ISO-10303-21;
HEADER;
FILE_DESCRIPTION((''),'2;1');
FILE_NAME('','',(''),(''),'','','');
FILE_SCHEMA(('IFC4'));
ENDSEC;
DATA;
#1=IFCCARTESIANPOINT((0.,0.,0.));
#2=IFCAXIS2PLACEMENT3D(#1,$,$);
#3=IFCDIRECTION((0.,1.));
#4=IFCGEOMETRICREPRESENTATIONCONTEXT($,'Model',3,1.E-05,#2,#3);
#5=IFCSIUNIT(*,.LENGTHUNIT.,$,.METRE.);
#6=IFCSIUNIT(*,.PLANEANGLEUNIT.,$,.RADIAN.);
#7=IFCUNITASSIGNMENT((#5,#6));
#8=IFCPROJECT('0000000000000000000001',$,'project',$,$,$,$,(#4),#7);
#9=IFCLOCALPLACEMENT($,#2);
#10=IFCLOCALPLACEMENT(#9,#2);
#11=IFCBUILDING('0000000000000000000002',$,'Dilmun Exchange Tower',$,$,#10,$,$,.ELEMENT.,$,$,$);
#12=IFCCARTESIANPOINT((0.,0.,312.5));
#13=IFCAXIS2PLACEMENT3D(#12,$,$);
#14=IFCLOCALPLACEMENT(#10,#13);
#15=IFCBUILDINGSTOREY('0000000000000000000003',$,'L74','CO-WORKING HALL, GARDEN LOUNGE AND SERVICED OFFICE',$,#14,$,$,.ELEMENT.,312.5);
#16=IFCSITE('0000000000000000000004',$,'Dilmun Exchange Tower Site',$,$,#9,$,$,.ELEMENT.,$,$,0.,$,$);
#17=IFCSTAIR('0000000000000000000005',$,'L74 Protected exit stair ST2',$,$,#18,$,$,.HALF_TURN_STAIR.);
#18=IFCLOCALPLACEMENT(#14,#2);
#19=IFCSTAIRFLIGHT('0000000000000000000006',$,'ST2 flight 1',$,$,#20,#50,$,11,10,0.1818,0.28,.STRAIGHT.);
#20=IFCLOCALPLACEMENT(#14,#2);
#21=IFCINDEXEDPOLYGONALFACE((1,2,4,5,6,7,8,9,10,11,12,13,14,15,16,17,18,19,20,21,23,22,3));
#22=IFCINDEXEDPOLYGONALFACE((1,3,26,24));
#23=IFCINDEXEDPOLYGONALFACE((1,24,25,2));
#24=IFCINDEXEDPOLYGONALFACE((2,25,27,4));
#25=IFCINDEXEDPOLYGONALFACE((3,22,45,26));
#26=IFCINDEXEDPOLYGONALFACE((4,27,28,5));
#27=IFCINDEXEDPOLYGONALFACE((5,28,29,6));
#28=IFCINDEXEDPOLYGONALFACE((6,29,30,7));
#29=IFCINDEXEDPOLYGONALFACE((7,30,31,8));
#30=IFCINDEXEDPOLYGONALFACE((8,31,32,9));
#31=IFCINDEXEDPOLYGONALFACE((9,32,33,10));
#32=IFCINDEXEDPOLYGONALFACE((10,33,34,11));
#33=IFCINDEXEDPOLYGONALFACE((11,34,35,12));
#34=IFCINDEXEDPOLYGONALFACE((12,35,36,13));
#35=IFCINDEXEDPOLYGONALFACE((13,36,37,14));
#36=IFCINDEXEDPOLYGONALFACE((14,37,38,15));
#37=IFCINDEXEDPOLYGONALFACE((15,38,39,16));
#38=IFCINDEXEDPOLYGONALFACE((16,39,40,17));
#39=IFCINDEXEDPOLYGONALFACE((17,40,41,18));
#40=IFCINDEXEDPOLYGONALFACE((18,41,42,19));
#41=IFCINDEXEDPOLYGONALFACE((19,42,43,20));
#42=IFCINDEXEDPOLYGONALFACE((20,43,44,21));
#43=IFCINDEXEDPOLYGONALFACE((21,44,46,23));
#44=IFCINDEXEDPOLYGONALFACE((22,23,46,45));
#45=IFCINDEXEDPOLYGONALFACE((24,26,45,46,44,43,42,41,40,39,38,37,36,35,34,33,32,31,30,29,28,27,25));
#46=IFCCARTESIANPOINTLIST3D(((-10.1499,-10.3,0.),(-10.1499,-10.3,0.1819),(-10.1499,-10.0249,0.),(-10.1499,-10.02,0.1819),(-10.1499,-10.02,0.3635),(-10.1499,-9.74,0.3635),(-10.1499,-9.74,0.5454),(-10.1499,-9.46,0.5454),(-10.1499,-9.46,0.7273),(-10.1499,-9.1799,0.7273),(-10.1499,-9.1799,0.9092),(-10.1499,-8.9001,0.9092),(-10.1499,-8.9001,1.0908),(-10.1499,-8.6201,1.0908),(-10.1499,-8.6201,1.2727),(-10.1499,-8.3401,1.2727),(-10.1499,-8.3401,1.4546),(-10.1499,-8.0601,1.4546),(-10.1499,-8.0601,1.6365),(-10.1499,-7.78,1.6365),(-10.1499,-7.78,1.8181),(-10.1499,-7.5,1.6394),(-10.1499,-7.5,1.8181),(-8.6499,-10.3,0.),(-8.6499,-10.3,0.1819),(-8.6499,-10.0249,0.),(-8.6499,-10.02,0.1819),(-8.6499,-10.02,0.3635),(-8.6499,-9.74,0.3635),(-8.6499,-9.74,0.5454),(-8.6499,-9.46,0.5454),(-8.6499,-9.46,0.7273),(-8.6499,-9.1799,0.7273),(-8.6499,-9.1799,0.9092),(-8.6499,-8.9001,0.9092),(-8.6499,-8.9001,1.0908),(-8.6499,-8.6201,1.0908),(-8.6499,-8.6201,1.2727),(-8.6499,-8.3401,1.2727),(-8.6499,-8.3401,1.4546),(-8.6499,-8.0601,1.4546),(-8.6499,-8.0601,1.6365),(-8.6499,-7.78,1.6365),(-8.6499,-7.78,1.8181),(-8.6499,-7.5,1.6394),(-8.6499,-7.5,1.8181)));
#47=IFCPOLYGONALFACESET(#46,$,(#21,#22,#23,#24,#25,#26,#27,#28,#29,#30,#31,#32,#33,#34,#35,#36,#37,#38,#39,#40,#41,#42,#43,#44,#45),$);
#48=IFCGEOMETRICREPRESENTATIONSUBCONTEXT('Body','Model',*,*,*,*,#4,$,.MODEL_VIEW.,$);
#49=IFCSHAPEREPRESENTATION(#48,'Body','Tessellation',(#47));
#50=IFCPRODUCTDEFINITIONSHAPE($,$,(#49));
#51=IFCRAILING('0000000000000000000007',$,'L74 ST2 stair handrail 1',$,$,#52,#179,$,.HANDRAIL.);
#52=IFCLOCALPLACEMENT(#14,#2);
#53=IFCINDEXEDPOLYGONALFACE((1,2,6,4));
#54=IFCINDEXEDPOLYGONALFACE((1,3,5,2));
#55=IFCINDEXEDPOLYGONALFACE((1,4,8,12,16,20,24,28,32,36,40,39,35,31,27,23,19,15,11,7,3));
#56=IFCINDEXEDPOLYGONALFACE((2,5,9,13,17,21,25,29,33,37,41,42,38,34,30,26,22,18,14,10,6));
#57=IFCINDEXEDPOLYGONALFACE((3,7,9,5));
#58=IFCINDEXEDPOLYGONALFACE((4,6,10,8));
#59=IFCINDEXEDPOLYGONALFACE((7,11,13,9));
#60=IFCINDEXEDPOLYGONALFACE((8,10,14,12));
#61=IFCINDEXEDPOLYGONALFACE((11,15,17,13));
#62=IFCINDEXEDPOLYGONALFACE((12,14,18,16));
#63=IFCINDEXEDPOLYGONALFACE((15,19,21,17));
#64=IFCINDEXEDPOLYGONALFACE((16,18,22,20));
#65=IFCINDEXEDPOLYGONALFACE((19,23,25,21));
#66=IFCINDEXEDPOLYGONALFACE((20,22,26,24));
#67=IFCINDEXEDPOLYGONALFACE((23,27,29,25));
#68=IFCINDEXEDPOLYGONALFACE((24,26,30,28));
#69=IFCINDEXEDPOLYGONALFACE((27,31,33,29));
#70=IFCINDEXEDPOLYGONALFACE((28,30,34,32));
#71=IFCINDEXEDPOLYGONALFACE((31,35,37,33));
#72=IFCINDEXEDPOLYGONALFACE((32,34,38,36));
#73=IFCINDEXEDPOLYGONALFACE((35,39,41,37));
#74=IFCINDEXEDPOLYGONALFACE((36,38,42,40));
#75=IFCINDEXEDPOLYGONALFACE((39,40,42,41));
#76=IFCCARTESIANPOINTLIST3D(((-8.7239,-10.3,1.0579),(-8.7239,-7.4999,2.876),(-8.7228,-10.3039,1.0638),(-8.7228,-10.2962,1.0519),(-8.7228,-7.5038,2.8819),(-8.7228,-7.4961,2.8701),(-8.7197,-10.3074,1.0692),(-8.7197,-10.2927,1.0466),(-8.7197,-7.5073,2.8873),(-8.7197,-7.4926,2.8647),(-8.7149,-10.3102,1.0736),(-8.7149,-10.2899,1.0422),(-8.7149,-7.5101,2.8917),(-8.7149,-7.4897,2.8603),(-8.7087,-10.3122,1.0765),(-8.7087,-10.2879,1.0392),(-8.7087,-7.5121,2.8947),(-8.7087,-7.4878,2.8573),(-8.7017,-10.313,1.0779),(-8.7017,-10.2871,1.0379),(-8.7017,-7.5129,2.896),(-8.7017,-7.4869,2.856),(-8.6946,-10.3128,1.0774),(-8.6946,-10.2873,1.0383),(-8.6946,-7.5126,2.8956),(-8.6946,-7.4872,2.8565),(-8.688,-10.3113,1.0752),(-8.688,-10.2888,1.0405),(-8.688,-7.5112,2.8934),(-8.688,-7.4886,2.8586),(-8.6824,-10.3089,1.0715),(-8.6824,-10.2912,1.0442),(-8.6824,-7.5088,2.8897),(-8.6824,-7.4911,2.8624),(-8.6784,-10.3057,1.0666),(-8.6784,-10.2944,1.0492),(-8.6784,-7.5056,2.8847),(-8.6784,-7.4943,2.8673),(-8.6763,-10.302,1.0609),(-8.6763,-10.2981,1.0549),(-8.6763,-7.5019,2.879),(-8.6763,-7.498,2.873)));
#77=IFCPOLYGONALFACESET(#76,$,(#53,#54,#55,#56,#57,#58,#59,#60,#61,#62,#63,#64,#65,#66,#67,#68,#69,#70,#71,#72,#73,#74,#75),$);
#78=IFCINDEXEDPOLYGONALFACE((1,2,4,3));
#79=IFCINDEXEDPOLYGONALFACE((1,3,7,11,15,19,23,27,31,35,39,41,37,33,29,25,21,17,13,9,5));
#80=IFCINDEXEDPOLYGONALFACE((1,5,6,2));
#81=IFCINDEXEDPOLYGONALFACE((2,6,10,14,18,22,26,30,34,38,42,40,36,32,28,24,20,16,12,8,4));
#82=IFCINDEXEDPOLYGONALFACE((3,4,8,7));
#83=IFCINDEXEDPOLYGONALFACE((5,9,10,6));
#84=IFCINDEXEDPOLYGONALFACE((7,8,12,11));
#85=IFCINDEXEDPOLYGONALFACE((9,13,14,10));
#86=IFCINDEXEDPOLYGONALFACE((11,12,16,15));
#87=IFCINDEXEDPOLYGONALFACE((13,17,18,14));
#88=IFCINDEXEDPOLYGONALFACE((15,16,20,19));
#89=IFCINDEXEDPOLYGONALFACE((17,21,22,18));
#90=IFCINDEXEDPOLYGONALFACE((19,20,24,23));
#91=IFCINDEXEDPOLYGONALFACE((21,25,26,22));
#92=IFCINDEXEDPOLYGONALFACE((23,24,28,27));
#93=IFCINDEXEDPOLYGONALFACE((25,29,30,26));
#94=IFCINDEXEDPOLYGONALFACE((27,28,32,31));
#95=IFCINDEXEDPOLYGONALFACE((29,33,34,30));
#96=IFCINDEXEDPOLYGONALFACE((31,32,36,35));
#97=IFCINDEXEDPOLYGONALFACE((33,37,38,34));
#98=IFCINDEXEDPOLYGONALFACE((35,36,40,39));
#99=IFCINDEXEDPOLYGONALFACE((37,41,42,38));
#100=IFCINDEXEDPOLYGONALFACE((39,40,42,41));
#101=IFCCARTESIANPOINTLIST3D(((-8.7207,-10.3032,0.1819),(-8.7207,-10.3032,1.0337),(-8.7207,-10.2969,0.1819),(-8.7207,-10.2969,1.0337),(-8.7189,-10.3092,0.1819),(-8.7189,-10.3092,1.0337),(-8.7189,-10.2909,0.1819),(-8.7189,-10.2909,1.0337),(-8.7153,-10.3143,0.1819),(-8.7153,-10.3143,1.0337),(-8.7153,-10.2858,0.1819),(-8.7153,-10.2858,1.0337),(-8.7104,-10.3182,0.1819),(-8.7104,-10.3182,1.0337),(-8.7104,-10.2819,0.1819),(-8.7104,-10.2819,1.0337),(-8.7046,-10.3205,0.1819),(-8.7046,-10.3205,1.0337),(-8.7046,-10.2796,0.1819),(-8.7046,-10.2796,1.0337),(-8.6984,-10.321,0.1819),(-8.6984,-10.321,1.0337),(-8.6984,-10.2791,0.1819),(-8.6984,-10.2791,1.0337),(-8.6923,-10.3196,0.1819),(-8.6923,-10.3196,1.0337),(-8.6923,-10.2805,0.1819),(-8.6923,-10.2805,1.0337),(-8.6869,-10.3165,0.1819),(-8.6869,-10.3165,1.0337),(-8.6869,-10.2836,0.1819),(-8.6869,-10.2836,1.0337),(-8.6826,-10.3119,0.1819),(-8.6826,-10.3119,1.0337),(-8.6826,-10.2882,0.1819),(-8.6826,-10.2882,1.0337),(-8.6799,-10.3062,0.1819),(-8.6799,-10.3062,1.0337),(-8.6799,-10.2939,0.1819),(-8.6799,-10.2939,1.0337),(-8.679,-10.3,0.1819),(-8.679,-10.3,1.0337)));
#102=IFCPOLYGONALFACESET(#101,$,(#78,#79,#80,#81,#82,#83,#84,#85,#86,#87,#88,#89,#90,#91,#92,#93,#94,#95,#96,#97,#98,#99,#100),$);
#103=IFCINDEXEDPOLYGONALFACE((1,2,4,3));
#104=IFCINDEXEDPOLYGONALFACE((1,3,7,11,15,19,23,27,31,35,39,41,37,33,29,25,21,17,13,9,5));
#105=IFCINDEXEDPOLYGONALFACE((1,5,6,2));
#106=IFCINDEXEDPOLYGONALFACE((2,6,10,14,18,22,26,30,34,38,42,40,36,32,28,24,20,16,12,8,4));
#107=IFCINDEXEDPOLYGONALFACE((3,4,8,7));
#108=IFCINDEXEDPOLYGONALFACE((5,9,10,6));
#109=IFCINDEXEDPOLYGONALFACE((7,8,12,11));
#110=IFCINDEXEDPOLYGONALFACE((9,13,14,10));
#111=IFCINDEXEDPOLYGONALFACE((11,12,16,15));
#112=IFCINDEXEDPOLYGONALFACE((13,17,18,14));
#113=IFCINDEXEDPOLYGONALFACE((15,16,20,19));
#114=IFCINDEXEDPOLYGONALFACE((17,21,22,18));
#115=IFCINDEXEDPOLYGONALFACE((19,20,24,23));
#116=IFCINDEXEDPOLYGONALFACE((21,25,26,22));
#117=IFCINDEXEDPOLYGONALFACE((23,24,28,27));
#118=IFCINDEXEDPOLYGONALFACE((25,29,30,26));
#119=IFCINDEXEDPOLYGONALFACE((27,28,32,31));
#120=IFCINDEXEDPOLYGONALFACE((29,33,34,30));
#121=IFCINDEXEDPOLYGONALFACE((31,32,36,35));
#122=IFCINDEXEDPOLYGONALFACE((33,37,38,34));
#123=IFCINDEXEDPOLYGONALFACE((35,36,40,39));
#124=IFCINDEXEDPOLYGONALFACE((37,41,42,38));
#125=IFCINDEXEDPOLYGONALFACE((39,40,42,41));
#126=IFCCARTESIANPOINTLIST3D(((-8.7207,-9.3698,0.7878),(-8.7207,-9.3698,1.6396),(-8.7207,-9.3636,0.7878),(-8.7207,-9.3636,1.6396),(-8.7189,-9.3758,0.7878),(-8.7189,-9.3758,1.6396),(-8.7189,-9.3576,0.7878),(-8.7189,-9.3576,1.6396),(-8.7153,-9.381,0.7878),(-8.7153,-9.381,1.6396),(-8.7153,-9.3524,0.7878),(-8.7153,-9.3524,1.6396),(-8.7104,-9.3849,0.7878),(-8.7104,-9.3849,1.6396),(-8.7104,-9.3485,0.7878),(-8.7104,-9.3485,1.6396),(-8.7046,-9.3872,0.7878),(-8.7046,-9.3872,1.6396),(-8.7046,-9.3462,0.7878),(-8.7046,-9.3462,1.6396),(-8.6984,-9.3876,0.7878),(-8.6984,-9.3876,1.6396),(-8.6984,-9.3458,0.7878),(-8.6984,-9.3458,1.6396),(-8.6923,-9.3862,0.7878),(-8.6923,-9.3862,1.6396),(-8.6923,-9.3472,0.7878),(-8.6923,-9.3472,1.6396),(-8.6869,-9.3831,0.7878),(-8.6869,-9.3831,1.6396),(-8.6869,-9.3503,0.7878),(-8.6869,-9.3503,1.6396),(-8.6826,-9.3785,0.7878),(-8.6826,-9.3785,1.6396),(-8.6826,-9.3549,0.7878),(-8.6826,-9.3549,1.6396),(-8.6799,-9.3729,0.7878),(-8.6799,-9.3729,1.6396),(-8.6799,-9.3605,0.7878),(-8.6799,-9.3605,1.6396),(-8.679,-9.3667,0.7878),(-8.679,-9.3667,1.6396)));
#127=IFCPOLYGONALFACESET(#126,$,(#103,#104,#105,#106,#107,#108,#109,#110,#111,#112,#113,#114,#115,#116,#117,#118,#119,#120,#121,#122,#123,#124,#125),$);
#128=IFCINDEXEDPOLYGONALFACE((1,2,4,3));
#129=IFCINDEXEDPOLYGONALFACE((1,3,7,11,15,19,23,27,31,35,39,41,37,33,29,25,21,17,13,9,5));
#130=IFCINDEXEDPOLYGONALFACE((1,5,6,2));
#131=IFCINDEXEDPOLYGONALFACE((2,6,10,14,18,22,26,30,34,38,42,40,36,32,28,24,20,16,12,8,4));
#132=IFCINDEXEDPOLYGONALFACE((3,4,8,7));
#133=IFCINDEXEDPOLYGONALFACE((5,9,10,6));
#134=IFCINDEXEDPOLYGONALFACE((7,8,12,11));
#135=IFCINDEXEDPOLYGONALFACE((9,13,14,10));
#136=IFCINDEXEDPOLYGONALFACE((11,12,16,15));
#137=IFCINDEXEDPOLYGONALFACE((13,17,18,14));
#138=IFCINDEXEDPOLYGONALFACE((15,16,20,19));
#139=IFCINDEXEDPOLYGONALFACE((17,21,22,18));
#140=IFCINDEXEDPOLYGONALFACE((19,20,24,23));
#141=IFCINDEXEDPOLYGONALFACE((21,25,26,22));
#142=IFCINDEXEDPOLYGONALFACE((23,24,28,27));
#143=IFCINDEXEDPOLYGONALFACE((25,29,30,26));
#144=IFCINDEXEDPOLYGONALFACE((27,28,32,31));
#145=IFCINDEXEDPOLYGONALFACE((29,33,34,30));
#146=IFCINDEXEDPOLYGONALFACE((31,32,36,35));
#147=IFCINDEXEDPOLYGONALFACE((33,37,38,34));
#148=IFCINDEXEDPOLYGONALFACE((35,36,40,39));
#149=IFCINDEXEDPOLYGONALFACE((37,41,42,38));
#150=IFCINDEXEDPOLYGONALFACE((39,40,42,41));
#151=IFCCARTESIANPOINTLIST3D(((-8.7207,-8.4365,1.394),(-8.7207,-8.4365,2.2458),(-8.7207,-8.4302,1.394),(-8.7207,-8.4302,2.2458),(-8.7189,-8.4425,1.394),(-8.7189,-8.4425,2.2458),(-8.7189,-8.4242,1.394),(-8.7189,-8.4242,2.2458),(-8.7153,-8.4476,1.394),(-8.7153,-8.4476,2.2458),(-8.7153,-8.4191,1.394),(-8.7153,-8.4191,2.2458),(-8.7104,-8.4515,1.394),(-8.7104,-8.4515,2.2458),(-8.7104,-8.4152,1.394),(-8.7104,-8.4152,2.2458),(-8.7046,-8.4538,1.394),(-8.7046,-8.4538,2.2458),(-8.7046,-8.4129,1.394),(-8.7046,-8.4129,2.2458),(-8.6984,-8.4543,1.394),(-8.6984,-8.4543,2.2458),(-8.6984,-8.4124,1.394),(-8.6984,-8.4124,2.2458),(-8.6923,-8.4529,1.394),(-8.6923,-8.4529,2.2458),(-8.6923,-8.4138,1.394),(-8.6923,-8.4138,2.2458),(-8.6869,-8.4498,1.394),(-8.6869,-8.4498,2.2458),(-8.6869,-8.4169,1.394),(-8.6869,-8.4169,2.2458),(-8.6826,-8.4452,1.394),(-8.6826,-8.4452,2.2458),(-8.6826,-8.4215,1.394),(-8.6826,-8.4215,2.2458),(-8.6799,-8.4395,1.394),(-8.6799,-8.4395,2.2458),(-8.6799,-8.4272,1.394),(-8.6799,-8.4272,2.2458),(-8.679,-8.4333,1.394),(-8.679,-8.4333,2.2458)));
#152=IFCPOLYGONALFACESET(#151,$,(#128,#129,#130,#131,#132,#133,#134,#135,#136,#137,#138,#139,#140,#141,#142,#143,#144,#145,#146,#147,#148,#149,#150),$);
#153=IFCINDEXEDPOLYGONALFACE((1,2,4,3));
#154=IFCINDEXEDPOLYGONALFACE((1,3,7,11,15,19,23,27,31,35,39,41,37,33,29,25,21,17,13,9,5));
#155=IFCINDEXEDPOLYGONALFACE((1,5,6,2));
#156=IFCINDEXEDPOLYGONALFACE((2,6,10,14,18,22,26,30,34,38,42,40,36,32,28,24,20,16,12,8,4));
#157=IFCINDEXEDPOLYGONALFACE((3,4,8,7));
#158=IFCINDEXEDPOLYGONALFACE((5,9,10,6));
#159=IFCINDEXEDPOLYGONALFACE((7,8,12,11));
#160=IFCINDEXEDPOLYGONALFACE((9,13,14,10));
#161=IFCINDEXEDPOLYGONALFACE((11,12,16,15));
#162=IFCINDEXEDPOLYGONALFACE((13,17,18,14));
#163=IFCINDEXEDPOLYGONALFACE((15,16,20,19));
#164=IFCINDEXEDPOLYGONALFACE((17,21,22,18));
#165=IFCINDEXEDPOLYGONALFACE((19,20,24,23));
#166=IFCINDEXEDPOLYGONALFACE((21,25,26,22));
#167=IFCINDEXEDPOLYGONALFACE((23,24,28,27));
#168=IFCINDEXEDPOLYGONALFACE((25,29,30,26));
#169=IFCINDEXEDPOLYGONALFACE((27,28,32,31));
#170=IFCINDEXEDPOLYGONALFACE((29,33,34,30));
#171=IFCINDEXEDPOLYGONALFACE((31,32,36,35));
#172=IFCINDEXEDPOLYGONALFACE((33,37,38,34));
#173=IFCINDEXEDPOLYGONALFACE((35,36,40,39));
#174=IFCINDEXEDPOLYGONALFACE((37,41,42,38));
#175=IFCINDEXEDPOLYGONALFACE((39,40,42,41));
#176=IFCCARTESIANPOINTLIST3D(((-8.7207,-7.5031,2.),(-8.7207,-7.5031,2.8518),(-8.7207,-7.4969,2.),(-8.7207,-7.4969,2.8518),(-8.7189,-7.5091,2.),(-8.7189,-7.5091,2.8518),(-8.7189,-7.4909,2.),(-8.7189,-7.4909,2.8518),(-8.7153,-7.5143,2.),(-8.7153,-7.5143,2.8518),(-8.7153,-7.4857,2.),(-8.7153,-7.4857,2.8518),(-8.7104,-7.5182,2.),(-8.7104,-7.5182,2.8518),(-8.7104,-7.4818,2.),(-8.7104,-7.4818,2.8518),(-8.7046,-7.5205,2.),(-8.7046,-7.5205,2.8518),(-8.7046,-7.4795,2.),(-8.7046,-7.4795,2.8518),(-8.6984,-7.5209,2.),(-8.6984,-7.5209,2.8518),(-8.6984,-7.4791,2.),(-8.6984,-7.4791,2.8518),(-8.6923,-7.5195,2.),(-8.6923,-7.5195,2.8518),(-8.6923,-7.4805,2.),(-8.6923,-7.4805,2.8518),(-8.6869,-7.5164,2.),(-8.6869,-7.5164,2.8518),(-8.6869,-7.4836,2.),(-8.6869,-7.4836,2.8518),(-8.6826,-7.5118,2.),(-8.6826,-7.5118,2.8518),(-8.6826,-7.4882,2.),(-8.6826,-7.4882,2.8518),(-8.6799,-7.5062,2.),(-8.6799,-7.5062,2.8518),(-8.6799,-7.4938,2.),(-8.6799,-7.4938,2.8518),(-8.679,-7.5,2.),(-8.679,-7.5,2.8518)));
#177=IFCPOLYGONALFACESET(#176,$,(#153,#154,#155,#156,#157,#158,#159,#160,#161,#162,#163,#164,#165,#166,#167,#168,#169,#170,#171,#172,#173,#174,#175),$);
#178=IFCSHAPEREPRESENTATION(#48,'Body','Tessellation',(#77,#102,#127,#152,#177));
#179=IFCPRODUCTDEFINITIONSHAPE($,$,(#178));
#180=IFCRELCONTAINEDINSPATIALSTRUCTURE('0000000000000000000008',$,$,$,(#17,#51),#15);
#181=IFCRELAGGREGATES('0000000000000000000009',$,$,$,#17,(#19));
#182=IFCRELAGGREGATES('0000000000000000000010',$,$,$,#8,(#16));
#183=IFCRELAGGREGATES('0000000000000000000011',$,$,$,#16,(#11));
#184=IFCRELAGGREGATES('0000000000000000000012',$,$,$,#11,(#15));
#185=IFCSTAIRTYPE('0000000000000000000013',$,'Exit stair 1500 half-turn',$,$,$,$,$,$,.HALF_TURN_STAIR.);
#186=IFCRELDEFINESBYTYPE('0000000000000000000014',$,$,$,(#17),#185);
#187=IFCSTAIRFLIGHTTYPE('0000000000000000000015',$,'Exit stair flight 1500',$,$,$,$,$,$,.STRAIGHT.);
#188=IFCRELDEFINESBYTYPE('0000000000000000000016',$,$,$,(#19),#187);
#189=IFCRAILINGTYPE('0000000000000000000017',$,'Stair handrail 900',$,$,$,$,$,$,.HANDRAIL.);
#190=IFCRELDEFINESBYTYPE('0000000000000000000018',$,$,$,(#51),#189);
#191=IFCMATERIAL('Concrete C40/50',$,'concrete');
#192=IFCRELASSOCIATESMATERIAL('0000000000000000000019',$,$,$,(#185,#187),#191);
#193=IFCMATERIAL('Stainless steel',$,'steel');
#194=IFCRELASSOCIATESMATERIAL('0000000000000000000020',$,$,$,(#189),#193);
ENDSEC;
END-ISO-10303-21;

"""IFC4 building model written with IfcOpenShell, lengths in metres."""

from ifc_helpers import new_model, si_unit, direction, frame, origin, origin_2d, place, context, subcontext, project, spatial, polyline, circle, outline, extrude, material, type_object, element, aggregate, save


model = new_model("IFC4")

# Units and contexts
model_context = context("Model", 3, precision=1e-05, world=origin(), true_north=direction((0.0, 1.0)))
body_context = subcontext(model_context, "Body", "Model", "MODEL_VIEW")
ifc_project = project(units=[si_unit("LENGTHUNIT", "METRE"), si_unit("PLANEANGLEUNIT", "RADIAN")], contexts=[model_context])

# Site, building, storey
site_placement = place(None, origin())
site = spatial("IfcSite", under=ifc_project, at=site_placement, Name="Dilmun Exchange Tower Site", CompositionType="ELEMENT", RefElevation=0.0)
building_placement = place(site_placement, origin())
building = spatial("IfcBuilding", under=site, at=building_placement, Name="Dilmun Exchange Tower", CompositionType="ELEMENT")
storey_placement = place(building_placement, frame((0.0, 0.0, 312.5)))
storey = spatial("IfcBuildingStorey", under=building, at=storey_placement, Name="L74", Description="CO-WORKING HALL, GARDEN LOUNGE AND SERVICED OFFICE", CompositionType="ELEMENT", Elevation=312.5)

# Shared definitions
ifc_material_1 = material(Name="Concrete C40/50", Category="concrete")

# Stair, stair flight
stair_type = type_object("IfcStairType", Name="Exit stair 1500 half-turn", PredefinedType="HALF_TURN_STAIR", material=ifc_material_1)
stair_placement = place(storey_placement, origin())
stair = element("IfcStair", 1, at=stair_placement, inside=storey, type_object=stair_type, Name="L74 Protected exit stair ST2", PredefinedType="HALF_TURN_STAIR")
stair_flight_type = type_object("IfcStairFlightType", Name="Exit stair flight 1500", PredefinedType="STRAIGHT", material=ifc_material_1)
stair_flight_placement = place(storey_placement, frame((-9.3999, -10.3, 0.0), z_axis=(0.0, 0.0, 1.0), x_axis=(0.0, 1.0, 0.0)))
stair_flight = element("IfcStairFlight", 2, at=stair_flight_placement, type_object=stair_flight_type, Name="ST2 flight 1", NumberOfRisers=11, NumberOfTreads=10, PredefinedType="STRAIGHT", RiserHeight=0.1818, TreadLength=0.28, context=body_context, shape_type="SweptSolid", body=[
    extrude(outline(polyline([(0.0, 0.0), (0.0, 0.1819), (0.28, 0.1819), (0.28, 0.3635), (0.5601, 0.3635), (0.5601, 0.5454), (0.8401, 0.5454), (0.8401, 0.7273), (1.1201, 0.7273), (1.1201, 0.9092), (1.3999, 0.9092), (1.3999, 1.0908), (1.6799, 1.0908), (1.6799, 1.2727), (1.96, 1.2727), (1.96, 1.4546), (2.24, 1.4546), (2.24, 1.6365), (2.52, 1.6365), (2.52, 1.8181), (2.8, 1.8181), (2.8, 2.0), (2.8, 1.6394), (0.2751, 0.0), (0.0, 0.0)])), frame((0.0, 0.75, 0.0), z_axis=(0.0, -1.0, 0.0), x_axis=(1.0, 0.0, 0.0)), (0.0, 0.0, 1.0), 1.5),
])
aggregate(stair, [stair_flight])

# Railing
ifc_material_2 = material(Name="Stainless steel", Category="steel")
railing_type = type_object("IfcRailingType", Name="Stair handrail 900", PredefinedType="HANDRAIL", material=ifc_material_2)
railing_placement = place(storey_placement, frame((-8.7, -10.3, 0.1819)))
element("IfcRailing", 3, at=railing_placement, inside=storey, type_object=railing_type, Name="L74 ST2 stair handrail 1", PredefinedType="HANDRAIL", context=body_context, shape_type="SweptSolid", body=[
    extrude(circle(Radius=0.0239, at=origin_2d()), frame((0.0, 0.0, 0.876), z_axis=(0.0, 0.838706, 0.544585), x_axis=(-1.0, 0.0, 0.0)), (0.0, 0.0, 1.0), 3.3386),
    extrude(circle(Radius=0.021, at=origin_2d()), origin(), (0.0, 0.0, 1.0), 0.8518),
    extrude(circle(Radius=0.021, at=origin_2d()), frame((0.0, 0.9333, 0.606)), (0.0, 0.0, 1.0), 0.8518),
    extrude(circle(Radius=0.021, at=origin_2d()), frame((0.0, 1.8667, 1.2122)), (0.0, 0.0, 1.0), 0.8518),
    extrude(circle(Radius=0.021, at=origin_2d()), frame((0.0, 2.8, 1.8181)), (0.0, 0.0, 1.0), 0.8518),
])

save(model, "model.ifc")
